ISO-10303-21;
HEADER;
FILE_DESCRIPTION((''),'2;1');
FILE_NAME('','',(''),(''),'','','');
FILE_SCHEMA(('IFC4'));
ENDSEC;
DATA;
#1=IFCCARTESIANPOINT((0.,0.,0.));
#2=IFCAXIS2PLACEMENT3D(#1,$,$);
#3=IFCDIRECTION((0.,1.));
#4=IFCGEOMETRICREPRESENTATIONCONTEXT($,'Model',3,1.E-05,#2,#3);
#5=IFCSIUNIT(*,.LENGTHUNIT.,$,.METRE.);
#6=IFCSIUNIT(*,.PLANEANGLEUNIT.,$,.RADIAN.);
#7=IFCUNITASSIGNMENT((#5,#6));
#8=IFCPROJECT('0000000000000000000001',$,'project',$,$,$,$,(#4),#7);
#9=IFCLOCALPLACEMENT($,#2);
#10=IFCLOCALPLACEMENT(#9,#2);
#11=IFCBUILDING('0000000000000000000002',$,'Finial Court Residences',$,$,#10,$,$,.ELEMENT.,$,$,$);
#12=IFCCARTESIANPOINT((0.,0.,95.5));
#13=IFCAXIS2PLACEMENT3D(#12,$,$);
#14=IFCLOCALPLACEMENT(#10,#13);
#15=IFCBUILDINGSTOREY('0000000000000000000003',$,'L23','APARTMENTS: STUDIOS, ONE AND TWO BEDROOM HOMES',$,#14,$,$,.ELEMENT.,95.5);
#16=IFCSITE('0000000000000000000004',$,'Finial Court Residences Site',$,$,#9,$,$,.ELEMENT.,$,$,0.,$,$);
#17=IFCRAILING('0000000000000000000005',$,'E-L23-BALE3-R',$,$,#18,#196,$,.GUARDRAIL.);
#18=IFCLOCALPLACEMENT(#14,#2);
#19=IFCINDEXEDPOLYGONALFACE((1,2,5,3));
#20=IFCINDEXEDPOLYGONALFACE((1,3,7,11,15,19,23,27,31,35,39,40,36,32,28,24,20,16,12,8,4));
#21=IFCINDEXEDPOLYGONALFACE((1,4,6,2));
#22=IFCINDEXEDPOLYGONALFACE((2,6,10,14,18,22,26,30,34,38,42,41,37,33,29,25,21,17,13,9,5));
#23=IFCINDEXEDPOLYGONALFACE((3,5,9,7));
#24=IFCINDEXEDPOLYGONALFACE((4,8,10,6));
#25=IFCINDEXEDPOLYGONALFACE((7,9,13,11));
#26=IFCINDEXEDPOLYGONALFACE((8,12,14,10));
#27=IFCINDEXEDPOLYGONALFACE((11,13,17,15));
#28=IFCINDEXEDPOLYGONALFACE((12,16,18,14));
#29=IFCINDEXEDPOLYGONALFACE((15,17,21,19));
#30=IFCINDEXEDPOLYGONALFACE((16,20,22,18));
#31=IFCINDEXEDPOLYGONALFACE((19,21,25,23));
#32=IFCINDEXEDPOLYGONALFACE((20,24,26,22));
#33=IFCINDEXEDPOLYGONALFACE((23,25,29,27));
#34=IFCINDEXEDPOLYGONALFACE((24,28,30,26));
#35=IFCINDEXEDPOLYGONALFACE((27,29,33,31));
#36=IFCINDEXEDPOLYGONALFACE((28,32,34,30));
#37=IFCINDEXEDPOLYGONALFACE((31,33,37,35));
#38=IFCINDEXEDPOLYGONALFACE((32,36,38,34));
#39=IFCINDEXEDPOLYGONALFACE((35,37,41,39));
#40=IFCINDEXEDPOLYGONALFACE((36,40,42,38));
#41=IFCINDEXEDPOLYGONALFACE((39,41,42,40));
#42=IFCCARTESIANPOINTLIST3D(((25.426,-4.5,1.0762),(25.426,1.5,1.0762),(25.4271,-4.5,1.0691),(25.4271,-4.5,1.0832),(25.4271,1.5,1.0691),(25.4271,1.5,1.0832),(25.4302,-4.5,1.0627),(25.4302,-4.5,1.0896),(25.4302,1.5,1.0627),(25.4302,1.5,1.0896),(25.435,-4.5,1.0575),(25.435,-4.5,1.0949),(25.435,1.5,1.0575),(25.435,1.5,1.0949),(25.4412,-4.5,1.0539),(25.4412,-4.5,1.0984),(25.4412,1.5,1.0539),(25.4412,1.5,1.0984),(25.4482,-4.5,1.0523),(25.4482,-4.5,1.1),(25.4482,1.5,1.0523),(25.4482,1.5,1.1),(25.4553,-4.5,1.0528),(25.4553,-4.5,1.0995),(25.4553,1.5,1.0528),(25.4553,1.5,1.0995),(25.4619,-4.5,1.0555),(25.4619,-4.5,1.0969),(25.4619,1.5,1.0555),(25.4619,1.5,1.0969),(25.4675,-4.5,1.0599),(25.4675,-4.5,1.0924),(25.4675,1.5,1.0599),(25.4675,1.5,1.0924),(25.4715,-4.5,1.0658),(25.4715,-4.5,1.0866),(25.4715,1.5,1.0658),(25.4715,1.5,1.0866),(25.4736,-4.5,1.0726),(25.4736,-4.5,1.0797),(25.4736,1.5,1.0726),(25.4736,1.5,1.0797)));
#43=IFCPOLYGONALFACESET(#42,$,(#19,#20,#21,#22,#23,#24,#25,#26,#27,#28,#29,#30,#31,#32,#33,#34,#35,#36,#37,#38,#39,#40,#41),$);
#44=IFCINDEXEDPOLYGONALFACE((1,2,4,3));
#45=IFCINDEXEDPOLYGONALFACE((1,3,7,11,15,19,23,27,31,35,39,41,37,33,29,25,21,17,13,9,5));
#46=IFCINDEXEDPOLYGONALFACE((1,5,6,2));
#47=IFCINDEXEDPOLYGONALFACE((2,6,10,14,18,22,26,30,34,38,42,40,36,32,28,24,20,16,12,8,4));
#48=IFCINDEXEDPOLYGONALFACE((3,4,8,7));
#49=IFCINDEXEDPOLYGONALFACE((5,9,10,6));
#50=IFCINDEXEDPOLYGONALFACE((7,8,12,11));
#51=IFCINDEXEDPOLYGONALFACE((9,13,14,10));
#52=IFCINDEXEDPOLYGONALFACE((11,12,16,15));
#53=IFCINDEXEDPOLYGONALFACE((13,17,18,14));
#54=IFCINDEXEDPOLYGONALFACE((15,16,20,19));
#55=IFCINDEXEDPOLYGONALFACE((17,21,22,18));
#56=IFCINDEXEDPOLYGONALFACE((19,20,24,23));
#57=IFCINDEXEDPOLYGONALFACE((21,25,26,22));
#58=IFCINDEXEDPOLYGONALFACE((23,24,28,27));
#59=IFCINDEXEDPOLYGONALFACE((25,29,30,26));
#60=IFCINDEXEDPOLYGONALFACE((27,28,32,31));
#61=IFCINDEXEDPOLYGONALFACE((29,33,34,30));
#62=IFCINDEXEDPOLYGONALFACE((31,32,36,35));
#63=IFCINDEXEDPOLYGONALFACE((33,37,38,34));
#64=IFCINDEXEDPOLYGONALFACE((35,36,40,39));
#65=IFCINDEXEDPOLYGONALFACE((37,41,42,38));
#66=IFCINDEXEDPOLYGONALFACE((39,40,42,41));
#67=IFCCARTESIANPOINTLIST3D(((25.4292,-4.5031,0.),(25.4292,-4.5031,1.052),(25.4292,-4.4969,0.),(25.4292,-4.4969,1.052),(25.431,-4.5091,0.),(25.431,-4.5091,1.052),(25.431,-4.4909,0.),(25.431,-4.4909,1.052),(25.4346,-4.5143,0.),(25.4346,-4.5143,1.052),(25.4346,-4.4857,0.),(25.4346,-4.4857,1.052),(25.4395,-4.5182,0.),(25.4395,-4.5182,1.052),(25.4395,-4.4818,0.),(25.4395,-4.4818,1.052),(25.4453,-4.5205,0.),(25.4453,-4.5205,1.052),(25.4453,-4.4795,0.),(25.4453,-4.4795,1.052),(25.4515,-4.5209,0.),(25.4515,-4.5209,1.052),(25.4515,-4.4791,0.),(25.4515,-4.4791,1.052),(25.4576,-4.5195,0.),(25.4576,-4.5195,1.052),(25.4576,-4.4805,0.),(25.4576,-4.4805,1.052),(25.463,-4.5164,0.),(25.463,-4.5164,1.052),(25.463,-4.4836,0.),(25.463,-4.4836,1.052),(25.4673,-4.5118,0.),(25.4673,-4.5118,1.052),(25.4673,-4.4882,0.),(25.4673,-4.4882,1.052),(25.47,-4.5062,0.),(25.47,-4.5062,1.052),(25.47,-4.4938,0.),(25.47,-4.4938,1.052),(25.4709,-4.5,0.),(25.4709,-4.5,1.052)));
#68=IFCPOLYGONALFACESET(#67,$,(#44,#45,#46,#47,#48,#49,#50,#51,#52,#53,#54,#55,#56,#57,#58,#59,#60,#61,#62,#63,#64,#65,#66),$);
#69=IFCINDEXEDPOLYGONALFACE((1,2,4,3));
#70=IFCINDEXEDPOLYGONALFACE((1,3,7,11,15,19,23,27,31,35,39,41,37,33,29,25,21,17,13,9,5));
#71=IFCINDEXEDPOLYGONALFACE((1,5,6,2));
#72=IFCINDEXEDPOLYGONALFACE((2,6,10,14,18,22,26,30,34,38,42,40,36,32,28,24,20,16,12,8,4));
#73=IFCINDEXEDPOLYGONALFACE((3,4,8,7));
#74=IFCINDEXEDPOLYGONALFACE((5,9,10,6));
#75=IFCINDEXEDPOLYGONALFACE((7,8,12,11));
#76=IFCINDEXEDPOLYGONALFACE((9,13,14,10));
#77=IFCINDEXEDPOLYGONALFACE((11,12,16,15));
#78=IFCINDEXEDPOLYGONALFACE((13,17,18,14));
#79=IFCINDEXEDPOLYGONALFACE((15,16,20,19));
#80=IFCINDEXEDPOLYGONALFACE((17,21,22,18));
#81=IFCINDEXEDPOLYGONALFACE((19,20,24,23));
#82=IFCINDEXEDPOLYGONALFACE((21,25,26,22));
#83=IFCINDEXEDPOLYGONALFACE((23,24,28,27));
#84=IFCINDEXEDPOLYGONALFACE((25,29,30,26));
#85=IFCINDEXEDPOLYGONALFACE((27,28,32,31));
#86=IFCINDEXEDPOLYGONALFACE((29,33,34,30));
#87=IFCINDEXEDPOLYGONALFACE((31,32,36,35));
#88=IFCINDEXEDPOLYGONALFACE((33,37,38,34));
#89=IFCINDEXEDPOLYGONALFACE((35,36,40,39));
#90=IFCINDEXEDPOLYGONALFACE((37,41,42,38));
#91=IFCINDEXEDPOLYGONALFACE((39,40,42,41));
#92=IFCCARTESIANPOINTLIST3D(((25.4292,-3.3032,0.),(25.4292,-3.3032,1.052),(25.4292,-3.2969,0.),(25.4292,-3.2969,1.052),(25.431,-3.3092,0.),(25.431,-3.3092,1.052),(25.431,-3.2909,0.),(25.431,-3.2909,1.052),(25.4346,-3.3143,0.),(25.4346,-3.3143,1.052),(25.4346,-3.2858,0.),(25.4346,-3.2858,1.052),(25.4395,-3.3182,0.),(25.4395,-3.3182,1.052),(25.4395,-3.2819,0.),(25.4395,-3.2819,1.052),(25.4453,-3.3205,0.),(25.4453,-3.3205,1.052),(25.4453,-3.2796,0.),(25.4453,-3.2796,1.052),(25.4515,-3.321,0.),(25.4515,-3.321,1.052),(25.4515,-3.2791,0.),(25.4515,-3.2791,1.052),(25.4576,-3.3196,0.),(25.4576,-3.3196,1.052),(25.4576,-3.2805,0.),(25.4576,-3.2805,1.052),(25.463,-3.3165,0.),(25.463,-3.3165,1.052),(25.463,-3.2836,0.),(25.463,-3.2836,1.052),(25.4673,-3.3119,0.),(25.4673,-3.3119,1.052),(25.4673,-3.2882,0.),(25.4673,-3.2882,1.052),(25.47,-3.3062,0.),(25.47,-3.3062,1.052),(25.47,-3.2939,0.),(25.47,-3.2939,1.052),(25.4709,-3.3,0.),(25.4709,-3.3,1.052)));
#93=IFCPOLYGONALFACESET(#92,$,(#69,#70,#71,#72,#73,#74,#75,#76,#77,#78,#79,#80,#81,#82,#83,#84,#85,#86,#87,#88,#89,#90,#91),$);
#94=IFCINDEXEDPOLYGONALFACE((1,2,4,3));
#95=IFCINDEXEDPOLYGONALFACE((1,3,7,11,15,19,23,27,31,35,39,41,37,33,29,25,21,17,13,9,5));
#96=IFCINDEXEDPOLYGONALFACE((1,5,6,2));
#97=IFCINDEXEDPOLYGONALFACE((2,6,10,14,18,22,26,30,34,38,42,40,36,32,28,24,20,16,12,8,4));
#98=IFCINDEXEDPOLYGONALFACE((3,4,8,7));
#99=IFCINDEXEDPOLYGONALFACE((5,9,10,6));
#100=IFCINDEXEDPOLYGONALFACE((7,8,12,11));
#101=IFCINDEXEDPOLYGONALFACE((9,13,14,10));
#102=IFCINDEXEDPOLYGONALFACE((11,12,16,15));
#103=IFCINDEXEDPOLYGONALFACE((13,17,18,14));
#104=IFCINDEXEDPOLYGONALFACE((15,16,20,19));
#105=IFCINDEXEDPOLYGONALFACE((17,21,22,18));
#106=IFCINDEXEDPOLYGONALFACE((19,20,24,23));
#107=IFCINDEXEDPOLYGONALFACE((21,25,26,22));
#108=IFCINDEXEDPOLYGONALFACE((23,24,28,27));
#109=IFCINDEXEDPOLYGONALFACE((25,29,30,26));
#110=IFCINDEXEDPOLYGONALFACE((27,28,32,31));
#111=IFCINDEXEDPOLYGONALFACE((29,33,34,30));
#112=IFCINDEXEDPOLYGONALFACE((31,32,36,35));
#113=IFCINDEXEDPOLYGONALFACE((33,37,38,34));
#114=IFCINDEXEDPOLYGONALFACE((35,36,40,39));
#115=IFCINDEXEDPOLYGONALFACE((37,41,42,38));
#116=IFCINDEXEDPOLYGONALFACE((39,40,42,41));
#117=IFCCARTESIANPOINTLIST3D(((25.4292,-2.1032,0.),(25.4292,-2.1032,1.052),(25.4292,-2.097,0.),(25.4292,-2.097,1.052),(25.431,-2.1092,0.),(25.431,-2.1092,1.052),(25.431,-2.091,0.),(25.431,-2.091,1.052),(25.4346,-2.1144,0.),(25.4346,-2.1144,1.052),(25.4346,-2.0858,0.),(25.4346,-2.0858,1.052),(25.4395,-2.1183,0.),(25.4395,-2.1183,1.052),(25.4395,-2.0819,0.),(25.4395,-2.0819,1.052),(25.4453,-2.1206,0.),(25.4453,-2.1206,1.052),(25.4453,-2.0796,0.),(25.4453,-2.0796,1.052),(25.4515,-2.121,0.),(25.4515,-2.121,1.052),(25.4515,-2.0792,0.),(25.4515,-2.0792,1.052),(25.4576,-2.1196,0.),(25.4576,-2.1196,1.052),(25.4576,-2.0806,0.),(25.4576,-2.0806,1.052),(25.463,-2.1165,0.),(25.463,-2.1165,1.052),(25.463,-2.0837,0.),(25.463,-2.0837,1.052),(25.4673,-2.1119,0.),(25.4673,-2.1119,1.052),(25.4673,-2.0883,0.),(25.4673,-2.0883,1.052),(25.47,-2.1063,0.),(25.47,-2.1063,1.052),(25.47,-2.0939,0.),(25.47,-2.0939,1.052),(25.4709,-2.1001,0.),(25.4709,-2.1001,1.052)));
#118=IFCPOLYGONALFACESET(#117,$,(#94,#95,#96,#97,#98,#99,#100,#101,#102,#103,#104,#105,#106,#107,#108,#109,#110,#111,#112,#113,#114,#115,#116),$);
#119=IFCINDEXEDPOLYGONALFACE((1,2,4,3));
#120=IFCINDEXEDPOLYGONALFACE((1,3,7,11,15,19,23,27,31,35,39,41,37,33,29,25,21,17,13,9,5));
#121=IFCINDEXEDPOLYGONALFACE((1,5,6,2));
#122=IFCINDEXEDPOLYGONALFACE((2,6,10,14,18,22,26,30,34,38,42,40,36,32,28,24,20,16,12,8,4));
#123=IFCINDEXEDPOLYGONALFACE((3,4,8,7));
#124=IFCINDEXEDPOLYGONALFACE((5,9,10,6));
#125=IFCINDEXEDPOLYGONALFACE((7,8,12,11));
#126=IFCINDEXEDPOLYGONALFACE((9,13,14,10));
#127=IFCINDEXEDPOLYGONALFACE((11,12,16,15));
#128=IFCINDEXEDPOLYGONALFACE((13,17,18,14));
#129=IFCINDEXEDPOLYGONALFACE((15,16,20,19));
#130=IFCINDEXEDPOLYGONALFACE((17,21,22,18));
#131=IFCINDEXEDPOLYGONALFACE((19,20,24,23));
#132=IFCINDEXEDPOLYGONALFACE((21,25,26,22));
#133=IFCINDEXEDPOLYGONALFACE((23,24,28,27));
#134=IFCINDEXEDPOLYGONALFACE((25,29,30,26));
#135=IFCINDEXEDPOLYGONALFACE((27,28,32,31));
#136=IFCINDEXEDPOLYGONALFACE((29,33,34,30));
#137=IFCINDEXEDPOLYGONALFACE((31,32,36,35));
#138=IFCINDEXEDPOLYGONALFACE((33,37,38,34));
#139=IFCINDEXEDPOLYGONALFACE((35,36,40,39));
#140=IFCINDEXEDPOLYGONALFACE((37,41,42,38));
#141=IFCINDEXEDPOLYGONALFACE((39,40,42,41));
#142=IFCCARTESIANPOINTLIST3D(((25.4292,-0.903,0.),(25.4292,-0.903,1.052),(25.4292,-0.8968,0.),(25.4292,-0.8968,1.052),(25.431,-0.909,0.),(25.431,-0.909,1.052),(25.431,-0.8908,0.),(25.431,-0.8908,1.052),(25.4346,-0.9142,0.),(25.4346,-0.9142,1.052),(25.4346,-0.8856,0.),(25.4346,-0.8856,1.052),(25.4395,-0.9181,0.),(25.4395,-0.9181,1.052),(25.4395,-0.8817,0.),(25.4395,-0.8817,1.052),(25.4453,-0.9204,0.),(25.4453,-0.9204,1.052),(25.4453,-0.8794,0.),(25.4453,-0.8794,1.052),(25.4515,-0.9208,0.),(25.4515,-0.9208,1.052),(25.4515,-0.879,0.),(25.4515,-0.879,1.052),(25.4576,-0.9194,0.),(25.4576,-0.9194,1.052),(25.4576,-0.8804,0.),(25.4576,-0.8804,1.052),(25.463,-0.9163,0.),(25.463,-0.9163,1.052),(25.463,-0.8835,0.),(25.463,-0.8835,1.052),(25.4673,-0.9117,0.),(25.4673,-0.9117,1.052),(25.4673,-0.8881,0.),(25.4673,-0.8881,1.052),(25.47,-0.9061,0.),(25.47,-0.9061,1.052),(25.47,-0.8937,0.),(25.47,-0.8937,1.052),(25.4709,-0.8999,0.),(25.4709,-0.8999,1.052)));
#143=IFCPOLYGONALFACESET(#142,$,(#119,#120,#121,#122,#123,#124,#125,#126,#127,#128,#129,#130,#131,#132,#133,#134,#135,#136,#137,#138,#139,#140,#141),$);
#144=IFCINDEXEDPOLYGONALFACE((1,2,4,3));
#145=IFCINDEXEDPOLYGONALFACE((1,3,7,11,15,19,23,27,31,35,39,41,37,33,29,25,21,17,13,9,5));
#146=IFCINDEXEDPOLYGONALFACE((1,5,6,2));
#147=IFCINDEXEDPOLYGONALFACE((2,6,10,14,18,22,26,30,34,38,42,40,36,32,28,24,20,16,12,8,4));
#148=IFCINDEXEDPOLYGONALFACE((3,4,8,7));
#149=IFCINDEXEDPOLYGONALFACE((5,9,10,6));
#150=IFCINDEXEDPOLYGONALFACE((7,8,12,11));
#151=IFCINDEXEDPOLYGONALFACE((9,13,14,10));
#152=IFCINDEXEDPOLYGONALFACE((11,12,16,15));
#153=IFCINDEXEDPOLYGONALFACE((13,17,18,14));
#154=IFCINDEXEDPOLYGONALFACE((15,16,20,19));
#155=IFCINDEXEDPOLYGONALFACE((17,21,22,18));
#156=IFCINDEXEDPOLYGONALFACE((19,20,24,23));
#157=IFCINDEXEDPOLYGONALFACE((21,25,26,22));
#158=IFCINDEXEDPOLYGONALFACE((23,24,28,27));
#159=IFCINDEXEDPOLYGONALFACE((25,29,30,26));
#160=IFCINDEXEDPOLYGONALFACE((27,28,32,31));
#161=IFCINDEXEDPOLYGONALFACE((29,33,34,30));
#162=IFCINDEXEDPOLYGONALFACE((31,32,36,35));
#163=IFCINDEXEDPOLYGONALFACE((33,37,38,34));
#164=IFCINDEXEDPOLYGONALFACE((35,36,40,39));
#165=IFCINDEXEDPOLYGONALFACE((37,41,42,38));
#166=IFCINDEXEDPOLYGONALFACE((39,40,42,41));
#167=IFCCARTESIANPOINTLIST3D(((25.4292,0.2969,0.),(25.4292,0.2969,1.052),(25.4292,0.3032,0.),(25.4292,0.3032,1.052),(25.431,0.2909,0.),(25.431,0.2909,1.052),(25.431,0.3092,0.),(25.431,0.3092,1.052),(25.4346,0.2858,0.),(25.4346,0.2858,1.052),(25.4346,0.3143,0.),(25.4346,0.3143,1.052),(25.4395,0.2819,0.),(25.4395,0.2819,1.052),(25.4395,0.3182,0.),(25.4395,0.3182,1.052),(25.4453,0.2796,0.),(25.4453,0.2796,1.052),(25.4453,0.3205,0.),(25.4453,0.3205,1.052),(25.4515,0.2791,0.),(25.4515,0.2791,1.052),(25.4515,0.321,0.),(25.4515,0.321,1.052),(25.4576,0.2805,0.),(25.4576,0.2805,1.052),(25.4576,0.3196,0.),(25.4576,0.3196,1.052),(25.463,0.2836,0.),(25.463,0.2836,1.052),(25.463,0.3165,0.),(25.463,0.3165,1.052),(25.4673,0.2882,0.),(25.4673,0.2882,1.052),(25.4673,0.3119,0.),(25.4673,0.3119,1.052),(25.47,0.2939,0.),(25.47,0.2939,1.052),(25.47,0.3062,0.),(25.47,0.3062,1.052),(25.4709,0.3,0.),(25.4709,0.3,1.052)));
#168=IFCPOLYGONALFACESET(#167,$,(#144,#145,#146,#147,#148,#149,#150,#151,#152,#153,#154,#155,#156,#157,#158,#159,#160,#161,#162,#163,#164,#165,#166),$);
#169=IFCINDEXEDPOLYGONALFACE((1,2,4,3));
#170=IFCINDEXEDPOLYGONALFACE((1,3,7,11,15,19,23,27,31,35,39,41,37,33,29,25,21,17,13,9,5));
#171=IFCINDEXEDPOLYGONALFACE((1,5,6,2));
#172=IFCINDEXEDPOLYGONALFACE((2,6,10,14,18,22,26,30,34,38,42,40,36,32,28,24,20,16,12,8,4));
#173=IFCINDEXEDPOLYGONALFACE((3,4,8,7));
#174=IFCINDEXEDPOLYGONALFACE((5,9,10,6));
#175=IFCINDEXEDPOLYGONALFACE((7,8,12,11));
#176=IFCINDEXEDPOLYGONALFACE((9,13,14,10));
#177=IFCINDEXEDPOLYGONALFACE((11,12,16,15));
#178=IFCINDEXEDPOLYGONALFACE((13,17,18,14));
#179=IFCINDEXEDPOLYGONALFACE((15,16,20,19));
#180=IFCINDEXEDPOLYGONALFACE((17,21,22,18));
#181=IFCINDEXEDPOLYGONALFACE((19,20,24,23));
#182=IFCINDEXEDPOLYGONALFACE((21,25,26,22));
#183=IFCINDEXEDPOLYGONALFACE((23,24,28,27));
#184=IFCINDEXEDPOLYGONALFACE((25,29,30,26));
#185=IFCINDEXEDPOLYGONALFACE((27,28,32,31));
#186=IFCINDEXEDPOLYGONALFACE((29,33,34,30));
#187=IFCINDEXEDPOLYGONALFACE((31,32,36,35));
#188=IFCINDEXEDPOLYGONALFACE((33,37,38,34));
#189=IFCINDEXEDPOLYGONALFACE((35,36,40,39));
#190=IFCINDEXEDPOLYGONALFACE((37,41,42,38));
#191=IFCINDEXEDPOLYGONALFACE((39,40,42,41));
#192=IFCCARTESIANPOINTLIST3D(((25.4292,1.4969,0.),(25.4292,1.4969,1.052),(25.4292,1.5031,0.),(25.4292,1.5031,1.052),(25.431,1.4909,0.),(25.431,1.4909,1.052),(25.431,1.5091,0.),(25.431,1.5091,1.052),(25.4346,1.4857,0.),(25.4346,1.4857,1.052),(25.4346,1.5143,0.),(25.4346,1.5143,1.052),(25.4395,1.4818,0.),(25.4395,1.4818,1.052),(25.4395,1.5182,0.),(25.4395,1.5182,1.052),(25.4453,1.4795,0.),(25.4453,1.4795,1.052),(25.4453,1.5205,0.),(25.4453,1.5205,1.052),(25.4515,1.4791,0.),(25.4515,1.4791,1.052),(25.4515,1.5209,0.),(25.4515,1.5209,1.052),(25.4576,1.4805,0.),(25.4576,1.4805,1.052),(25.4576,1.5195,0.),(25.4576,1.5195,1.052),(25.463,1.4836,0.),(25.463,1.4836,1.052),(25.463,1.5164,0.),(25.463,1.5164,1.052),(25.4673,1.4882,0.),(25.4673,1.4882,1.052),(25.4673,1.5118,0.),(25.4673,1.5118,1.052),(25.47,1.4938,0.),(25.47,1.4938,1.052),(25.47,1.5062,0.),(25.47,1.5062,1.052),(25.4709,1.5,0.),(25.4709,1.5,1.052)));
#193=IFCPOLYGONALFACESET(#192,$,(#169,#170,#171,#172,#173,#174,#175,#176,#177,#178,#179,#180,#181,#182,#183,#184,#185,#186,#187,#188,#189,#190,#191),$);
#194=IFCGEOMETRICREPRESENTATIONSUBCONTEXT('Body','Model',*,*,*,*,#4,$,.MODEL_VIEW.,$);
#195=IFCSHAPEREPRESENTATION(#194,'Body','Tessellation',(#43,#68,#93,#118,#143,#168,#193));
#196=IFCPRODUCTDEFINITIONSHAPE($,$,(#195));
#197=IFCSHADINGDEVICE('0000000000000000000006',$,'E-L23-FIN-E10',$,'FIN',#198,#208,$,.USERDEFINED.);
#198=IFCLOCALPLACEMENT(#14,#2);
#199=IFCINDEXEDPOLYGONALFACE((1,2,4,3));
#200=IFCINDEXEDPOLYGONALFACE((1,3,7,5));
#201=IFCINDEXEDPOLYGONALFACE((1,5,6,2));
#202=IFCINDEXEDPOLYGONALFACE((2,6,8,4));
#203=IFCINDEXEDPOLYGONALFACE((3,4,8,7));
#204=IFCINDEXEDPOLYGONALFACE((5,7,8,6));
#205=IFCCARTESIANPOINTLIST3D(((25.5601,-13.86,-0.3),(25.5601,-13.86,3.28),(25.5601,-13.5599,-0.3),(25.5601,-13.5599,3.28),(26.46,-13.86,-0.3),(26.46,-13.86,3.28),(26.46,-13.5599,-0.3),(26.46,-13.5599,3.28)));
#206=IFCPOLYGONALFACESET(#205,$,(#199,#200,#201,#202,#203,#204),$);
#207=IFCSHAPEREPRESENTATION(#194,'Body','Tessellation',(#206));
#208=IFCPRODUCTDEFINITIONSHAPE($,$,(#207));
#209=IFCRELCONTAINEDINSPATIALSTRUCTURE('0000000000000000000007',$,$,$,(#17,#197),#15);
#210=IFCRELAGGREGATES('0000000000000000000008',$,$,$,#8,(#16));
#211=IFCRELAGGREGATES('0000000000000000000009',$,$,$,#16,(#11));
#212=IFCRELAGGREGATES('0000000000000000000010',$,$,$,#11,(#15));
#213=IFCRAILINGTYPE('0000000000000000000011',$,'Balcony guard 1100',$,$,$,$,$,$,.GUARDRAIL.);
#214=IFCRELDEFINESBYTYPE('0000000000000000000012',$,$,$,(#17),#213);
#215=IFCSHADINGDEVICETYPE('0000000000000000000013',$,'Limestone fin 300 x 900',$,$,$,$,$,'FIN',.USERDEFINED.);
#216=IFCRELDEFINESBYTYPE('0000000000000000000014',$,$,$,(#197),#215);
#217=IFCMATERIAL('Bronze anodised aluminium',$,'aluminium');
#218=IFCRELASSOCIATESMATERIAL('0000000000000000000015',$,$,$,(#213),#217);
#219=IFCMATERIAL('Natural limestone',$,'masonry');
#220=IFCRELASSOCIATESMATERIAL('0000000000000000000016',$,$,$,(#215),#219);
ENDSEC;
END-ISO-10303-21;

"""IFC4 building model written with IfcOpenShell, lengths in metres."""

from ifc_helpers import new_model, si_unit, direction, frame, origin, origin_2d, place, context, subcontext, project, spatial, rectangle, circle, extrude, material, type_object, element, save


model = new_model("IFC4")

# Units and contexts
model_context = context("Model", 3, precision=1e-05, world=origin(), true_north=direction((0.0, 1.0)))
body_context = subcontext(model_context, "Body", "Model", "MODEL_VIEW")
ifc_project = project(units=[si_unit("LENGTHUNIT", "METRE"), si_unit("PLANEANGLEUNIT", "RADIAN")], contexts=[model_context])

# Site, building, storey
site_placement = place(None, origin())
site = spatial("IfcSite", under=ifc_project, at=site_placement, Name="Finial Court Residences Site", CompositionType="ELEMENT", RefElevation=0.0)
building_placement = place(site_placement, origin())
building = spatial("IfcBuilding", under=site, at=building_placement, Name="Finial Court Residences", CompositionType="ELEMENT")
storey_placement = place(building_placement, frame((0.0, 0.0, 95.5)))
storey = spatial("IfcBuildingStorey", under=building, at=storey_placement, Name="L23", Description="APARTMENTS: STUDIOS, ONE AND TWO BEDROOM HOMES", CompositionType="ELEMENT", Elevation=95.5)

# Shared definitions
ifc_material_1 = material(Name="Bronze anodised aluminium", Category="aluminium")

# Shared definitions
ifc_material_2 = material(Name="Natural limestone", Category="masonry")

# Railing
railing_type = type_object("IfcRailingType", Name="Balcony guard 1100", PredefinedType="GUARDRAIL", material=ifc_material_1)
railing_placement = place(storey_placement, frame((25.45, -4.5, 0.0)))
element("IfcRailing", 1, at=railing_placement, inside=storey, type_object=railing_type, Name="E-L23-BALE3-R", PredefinedType="GUARDRAIL", context=body_context, shape_type="SweptSolid", body=[
    extrude(circle(Radius=0.0239, at=origin_2d()), frame((0.0, 0.0, 1.0762), z_axis=(0.0, 1.0, 0.0), x_axis=(-1.0, 0.0, 0.0)), (0.0, 0.0, 1.0), 6.0),
    extrude(circle(Radius=0.021, at=origin_2d()), origin(), (0.0, 0.0, 1.0), 1.052),
    extrude(circle(Radius=0.021, at=origin_2d()), frame((0.0, 1.2, 0.0)), (0.0, 0.0, 1.0), 1.052),
    extrude(circle(Radius=0.021, at=origin_2d()), frame((0.0, 2.3999, 0.0)), (0.0, 0.0, 1.0), 1.052),
    extrude(circle(Radius=0.021, at=origin_2d()), frame((0.0, 3.6001, 0.0)), (0.0, 0.0, 1.0), 1.052),
    extrude(circle(Radius=0.021, at=origin_2d()), frame((0.0, 4.8, 0.0)), (0.0, 0.0, 1.0), 1.052),
    extrude(circle(Radius=0.021, at=origin_2d()), frame((0.0, 6.0, 0.0)), (0.0, 0.0, 1.0), 1.052),
])

# Shading device
shading_device_type = type_object("IfcShadingDeviceType", Name="Limestone fin 300 x 900", ElementType="FIN", PredefinedType="USERDEFINED", material=ifc_material_2)
shading_device_1_placement = place(storey_placement, frame((26.01, -13.71, -0.3), z_axis=(0.0, 0.0, 1.0), x_axis=(1.0, 0.0, 0.0)))
element("IfcShadingDevice", 2, at=shading_device_1_placement, inside=storey, type_object=shading_device_type, Name="E-L23-FIN-E10", ObjectType="FIN", PredefinedType="USERDEFINED", context=body_context, shape_type="SweptSolid", body=[
    extrude(rectangle(XDim=0.8999, YDim=0.3, at=origin_2d()), origin(), (0.0, 0.0, 1.0), 3.5801),
])

save(model, "model.ifc")
